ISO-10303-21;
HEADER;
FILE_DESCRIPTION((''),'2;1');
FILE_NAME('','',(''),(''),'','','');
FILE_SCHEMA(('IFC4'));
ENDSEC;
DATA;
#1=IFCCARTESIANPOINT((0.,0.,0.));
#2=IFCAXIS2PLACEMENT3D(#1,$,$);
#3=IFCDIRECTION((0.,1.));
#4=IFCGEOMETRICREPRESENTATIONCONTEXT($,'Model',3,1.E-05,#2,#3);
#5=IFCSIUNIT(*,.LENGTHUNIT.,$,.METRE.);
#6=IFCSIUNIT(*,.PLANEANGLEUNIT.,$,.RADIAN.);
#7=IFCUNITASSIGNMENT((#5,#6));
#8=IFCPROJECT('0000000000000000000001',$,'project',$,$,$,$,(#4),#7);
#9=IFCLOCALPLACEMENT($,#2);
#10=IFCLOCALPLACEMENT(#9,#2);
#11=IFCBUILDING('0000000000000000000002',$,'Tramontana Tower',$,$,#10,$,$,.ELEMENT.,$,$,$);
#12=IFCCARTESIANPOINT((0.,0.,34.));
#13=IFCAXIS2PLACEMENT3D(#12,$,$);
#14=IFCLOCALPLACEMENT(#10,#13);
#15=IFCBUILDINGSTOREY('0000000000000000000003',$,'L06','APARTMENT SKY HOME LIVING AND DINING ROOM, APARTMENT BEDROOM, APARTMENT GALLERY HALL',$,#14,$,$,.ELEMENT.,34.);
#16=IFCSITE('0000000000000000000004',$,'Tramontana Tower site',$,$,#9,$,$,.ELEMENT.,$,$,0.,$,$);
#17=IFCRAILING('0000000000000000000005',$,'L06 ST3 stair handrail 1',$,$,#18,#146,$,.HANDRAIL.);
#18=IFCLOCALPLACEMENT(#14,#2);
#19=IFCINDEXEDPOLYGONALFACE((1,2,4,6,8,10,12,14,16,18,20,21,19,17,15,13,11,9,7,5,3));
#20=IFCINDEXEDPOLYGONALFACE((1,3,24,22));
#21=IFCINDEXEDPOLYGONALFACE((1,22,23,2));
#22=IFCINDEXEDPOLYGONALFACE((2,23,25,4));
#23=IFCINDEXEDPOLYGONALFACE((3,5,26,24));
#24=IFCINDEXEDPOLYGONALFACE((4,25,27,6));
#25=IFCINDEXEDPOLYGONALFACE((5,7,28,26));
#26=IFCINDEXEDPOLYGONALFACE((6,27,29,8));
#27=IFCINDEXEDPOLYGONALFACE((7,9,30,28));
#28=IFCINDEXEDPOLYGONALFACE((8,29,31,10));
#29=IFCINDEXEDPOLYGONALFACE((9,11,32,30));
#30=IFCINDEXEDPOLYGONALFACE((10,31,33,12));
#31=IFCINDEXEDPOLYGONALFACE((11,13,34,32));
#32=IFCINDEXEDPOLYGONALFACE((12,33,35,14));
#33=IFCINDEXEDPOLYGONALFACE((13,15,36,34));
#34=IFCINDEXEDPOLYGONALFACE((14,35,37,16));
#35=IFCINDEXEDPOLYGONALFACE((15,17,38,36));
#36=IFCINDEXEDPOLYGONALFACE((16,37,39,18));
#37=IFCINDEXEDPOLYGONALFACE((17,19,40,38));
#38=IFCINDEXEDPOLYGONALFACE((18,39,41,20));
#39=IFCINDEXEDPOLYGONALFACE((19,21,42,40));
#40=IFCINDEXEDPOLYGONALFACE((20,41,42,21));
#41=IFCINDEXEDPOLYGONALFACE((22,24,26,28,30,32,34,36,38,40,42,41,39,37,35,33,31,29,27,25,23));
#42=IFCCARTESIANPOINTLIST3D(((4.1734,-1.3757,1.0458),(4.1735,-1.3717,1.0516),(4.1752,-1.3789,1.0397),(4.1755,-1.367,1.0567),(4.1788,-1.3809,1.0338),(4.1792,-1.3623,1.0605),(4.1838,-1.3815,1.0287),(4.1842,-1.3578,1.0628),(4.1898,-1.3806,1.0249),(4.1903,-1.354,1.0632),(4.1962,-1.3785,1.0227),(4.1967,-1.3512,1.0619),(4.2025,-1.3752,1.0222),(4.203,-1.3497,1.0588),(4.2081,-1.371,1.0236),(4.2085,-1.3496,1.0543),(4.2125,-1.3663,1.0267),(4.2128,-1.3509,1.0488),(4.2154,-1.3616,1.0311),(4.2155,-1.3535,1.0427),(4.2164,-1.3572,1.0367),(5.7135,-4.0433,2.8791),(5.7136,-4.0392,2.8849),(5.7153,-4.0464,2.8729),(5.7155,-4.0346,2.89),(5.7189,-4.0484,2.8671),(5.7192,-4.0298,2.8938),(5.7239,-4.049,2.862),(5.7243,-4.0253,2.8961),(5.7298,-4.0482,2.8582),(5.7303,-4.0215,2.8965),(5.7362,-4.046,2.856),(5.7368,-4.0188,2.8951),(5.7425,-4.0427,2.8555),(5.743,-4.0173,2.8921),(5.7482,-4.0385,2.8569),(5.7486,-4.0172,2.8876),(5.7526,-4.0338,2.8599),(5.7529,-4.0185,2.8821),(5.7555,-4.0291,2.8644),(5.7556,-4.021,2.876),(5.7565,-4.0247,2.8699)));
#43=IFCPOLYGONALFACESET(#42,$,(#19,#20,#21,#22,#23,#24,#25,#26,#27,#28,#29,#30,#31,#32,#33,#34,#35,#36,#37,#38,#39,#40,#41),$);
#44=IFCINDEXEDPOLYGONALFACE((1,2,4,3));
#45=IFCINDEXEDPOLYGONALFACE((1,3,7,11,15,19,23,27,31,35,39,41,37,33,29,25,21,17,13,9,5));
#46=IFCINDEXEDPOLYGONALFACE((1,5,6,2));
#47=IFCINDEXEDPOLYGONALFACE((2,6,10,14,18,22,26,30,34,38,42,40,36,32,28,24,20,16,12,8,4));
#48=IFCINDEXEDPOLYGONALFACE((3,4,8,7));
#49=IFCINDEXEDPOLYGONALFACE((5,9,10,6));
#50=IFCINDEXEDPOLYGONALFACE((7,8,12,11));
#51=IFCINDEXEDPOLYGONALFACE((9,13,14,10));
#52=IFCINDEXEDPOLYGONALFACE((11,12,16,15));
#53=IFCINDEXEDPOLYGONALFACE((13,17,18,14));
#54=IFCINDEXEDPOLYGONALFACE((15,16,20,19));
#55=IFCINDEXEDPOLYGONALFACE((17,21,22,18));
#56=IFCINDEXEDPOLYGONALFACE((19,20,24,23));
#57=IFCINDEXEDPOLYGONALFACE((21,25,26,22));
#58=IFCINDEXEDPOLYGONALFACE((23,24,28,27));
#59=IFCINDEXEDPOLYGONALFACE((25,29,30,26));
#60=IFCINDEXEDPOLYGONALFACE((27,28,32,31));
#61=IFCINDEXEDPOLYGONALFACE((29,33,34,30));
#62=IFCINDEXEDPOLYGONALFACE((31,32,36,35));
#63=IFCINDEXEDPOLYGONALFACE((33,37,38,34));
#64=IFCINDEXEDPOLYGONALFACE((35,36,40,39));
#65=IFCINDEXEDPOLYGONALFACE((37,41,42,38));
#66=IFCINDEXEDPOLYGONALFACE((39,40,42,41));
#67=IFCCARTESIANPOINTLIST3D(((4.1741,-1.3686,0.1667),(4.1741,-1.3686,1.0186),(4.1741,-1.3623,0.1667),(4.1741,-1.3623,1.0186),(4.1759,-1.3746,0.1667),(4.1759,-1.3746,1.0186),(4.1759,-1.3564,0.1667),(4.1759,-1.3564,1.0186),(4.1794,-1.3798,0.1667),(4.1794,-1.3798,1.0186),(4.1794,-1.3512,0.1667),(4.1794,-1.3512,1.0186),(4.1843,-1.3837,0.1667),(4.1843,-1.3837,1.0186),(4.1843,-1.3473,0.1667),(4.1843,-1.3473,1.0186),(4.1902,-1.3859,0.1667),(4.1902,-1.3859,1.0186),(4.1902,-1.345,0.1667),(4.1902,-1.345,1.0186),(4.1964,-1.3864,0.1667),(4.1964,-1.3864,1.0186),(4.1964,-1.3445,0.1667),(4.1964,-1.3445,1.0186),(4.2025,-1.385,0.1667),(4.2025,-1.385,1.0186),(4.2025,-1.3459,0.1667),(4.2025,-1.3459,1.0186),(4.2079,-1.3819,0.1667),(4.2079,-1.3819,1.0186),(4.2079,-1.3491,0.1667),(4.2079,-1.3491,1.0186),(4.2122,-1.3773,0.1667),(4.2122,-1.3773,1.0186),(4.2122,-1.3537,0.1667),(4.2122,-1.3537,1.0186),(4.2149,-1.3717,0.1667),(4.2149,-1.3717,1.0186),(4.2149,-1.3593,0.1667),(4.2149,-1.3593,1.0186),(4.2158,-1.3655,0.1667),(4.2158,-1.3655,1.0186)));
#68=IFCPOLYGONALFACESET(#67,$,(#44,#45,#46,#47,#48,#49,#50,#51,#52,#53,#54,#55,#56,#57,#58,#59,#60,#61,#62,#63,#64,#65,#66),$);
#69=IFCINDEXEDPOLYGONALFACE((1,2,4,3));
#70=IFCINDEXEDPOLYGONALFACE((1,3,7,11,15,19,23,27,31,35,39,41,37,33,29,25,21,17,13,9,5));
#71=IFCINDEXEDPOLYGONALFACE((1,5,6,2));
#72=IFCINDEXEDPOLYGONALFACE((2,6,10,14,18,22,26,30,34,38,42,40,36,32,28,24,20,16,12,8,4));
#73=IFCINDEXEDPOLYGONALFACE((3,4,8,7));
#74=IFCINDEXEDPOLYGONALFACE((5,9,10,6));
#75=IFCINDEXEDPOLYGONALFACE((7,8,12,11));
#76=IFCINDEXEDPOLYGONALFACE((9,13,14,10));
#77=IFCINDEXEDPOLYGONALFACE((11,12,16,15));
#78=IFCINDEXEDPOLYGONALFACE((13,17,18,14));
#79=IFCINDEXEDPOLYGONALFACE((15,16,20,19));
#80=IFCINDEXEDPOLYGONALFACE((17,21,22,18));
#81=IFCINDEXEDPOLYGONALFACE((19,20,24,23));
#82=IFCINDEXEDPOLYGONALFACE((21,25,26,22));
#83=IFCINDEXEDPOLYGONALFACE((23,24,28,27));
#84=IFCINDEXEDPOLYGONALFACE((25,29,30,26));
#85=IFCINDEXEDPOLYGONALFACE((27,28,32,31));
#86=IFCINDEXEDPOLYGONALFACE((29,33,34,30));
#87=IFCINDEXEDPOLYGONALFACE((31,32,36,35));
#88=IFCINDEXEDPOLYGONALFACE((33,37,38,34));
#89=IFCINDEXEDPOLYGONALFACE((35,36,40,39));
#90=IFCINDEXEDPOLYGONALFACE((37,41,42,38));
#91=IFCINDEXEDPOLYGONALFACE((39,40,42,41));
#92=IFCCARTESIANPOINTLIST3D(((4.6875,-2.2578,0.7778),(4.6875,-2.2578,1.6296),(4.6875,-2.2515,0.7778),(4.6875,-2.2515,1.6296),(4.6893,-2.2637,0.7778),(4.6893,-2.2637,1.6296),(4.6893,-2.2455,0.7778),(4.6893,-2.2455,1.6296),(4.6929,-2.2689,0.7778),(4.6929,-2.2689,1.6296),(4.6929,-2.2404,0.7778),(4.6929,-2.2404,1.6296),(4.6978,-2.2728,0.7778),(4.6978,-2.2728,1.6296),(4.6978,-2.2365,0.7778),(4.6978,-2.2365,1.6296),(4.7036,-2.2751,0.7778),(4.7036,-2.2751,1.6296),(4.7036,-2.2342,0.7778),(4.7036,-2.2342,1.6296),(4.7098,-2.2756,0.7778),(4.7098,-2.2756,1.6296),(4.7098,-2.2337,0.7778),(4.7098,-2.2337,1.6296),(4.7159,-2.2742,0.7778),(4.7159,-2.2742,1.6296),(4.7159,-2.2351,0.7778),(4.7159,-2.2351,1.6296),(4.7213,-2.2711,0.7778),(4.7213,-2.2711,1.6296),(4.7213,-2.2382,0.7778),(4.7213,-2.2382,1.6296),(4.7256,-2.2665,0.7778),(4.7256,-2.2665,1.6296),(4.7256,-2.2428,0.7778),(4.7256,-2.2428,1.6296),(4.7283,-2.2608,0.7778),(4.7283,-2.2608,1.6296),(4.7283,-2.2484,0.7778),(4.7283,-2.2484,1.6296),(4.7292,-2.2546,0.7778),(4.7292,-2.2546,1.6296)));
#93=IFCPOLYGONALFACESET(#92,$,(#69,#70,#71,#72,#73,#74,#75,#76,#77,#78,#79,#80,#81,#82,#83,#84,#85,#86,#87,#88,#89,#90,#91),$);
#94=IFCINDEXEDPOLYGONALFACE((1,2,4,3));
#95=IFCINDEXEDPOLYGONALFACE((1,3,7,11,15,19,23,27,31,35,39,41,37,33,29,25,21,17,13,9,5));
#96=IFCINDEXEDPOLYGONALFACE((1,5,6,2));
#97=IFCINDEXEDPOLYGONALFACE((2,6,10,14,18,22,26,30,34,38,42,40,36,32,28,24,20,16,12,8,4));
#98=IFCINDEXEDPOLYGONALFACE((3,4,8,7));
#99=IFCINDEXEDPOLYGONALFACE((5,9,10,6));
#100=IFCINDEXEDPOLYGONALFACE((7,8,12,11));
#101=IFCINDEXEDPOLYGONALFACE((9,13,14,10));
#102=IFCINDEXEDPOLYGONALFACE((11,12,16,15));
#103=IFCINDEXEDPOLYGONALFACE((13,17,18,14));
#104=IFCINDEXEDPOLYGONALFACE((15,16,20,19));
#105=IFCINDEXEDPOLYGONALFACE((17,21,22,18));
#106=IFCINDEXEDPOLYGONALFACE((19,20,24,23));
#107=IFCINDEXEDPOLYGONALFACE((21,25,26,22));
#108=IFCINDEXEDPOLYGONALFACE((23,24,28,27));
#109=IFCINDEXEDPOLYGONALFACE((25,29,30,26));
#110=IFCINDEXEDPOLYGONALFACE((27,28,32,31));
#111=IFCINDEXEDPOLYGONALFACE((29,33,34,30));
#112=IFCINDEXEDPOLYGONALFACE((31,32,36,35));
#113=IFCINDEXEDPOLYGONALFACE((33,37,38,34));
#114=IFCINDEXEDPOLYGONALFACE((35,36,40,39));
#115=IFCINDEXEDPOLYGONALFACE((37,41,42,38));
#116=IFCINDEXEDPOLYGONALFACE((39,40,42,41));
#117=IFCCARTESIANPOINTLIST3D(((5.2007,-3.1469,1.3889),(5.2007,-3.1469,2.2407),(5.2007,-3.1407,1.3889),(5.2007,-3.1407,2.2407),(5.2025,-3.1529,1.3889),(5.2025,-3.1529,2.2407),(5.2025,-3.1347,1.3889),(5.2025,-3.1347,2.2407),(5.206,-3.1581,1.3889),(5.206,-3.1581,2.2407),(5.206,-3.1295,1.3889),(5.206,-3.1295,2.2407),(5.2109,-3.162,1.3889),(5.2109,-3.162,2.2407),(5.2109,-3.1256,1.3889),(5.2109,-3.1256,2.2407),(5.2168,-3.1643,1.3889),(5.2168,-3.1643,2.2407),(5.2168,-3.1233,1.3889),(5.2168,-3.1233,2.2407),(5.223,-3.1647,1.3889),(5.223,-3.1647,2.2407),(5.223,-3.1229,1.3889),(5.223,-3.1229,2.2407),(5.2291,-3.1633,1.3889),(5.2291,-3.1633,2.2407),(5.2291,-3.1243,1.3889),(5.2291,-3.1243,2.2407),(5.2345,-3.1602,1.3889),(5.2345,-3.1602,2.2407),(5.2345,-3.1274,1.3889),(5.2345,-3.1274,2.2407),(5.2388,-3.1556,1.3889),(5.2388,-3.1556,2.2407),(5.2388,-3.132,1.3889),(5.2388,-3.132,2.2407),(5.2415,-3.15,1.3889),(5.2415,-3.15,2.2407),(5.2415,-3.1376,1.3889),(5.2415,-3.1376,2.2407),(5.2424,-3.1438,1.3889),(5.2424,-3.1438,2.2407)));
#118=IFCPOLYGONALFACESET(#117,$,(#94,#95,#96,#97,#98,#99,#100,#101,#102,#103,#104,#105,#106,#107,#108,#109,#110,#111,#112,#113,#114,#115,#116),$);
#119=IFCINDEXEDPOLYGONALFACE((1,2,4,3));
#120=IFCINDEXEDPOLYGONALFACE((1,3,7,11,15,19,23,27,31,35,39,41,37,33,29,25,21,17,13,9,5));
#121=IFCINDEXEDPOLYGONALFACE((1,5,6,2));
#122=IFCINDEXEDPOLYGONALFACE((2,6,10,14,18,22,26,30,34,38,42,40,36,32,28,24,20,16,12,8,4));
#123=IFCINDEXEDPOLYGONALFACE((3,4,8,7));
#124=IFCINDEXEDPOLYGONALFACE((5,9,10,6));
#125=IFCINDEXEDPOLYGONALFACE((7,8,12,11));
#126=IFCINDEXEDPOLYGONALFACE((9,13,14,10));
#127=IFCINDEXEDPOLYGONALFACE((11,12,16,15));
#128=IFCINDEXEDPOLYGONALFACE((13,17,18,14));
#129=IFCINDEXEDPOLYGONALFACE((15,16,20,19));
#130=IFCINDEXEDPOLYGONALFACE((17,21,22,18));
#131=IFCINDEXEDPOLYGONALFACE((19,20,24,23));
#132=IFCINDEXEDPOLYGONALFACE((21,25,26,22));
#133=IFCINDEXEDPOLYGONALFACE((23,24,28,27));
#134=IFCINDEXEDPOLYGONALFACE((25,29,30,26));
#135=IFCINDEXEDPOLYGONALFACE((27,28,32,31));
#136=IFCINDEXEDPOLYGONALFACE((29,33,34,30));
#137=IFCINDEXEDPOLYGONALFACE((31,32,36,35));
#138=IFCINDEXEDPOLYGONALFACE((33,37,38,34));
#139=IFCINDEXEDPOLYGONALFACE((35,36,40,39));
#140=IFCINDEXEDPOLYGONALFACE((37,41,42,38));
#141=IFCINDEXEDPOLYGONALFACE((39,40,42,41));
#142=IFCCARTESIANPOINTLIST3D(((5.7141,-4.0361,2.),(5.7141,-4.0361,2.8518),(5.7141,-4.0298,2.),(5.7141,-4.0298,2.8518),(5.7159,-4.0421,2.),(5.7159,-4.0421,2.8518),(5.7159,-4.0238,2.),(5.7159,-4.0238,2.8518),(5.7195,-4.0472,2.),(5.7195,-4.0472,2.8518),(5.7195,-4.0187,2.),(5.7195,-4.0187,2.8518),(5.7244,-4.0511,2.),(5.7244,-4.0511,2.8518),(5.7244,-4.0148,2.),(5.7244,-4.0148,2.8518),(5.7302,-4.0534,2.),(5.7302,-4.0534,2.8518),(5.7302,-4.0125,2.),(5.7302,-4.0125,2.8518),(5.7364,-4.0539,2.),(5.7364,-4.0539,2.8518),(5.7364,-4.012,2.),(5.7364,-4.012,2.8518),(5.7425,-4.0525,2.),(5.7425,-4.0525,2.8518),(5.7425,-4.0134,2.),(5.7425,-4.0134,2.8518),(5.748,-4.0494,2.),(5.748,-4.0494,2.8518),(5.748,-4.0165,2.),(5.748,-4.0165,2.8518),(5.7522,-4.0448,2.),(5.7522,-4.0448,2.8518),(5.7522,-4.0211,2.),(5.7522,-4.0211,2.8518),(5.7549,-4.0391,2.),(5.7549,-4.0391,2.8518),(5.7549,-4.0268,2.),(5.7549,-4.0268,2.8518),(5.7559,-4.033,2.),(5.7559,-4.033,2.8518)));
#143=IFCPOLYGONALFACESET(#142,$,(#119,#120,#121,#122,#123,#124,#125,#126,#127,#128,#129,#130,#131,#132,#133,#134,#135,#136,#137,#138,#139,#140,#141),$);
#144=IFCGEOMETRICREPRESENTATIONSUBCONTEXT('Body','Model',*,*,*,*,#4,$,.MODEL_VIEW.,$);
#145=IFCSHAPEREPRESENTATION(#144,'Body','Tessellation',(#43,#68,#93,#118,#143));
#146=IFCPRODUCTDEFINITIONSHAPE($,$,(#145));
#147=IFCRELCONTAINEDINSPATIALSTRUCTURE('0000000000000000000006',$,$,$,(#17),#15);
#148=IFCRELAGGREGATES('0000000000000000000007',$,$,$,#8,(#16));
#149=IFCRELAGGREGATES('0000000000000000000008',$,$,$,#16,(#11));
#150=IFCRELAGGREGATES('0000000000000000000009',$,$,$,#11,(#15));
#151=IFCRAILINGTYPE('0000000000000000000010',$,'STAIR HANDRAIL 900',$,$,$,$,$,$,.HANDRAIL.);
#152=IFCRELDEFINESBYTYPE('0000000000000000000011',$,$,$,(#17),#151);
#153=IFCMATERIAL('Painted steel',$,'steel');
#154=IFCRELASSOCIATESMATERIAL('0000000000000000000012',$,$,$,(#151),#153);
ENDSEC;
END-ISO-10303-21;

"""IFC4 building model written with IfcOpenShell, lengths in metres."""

from ifc_helpers import new_model, si_unit, direction, frame, origin, origin_2d, place, context, subcontext, project, spatial, circle, extrude, material, type_object, element, save


model = new_model("IFC4")

# Units and contexts
model_context = context("Model", 3, precision=1e-05, world=origin(), true_north=direction((0.0, 1.0)))
body_context = subcontext(model_context, "Body", "Model", "MODEL_VIEW")
ifc_project = project(units=[si_unit("LENGTHUNIT", "METRE"), si_unit("PLANEANGLEUNIT", "RADIAN")], contexts=[model_context])

# Site, building, storey
site_placement = place(None, origin())
site = spatial("IfcSite", under=ifc_project, at=site_placement, Name="Tramontana Tower site", CompositionType="ELEMENT", RefElevation=0.0)
building_placement = place(site_placement, origin())
building = spatial("IfcBuilding", under=site, at=building_placement, Name="Tramontana Tower", CompositionType="ELEMENT")
storey_placement = place(building_placement, frame((0.0, 0.0, 34.0)))
storey = spatial("IfcBuildingStorey", under=building, at=storey_placement, Name="L06", Description="APARTMENT SKY HOME LIVING AND DINING ROOM, APARTMENT BEDROOM, APARTMENT GALLERY HALL", CompositionType="ELEMENT", Elevation=34.0)

# Railing
ifc_material_1 = material(Name="Painted steel", Category="steel")
railing_type_1 = type_object("IfcRailingType", Name="STAIR HANDRAIL 900", PredefinedType="HANDRAIL", material=ifc_material_1)
railing_1_placement = place(storey_placement, frame((4.1948, -1.3655, 0.1667)))
element("IfcRailing", 1, at=railing_1_placement, inside=storey, type_object=railing_type_1, Name="L06 ST3 stair handrail 1", PredefinedType="HANDRAIL", context=body_context, shape_type="SweptSolid", body=[
    extrude(circle(Radius=0.0239, at=origin_2d()), frame((0.0, 0.0, 0.876), z_axis=(0.429649, -0.74419, 0.511452), x_axis=(0.86603, 0.499992, 0.0)), (0.0, 0.0, 1.0), 3.5845),
    extrude(circle(Radius=0.021, at=origin_2d()), origin(), (0.0, 0.0, 1.0), 0.8518),
    extrude(circle(Radius=0.021, at=origin_2d()), frame((0.5134, -0.8892, 0.6111)), (0.0, 0.0, 1.0), 0.8518),
    extrude(circle(Radius=0.021, at=origin_2d()), frame((1.0266, -1.7783, 1.2222)), (0.0, 0.0, 1.0), 0.8518),
    extrude(circle(Radius=0.021, at=origin_2d()), frame((1.54, -2.6675, 1.8333)), (0.0, 0.0, 1.0), 0.8518),
])

save(model, "model.ifc")
